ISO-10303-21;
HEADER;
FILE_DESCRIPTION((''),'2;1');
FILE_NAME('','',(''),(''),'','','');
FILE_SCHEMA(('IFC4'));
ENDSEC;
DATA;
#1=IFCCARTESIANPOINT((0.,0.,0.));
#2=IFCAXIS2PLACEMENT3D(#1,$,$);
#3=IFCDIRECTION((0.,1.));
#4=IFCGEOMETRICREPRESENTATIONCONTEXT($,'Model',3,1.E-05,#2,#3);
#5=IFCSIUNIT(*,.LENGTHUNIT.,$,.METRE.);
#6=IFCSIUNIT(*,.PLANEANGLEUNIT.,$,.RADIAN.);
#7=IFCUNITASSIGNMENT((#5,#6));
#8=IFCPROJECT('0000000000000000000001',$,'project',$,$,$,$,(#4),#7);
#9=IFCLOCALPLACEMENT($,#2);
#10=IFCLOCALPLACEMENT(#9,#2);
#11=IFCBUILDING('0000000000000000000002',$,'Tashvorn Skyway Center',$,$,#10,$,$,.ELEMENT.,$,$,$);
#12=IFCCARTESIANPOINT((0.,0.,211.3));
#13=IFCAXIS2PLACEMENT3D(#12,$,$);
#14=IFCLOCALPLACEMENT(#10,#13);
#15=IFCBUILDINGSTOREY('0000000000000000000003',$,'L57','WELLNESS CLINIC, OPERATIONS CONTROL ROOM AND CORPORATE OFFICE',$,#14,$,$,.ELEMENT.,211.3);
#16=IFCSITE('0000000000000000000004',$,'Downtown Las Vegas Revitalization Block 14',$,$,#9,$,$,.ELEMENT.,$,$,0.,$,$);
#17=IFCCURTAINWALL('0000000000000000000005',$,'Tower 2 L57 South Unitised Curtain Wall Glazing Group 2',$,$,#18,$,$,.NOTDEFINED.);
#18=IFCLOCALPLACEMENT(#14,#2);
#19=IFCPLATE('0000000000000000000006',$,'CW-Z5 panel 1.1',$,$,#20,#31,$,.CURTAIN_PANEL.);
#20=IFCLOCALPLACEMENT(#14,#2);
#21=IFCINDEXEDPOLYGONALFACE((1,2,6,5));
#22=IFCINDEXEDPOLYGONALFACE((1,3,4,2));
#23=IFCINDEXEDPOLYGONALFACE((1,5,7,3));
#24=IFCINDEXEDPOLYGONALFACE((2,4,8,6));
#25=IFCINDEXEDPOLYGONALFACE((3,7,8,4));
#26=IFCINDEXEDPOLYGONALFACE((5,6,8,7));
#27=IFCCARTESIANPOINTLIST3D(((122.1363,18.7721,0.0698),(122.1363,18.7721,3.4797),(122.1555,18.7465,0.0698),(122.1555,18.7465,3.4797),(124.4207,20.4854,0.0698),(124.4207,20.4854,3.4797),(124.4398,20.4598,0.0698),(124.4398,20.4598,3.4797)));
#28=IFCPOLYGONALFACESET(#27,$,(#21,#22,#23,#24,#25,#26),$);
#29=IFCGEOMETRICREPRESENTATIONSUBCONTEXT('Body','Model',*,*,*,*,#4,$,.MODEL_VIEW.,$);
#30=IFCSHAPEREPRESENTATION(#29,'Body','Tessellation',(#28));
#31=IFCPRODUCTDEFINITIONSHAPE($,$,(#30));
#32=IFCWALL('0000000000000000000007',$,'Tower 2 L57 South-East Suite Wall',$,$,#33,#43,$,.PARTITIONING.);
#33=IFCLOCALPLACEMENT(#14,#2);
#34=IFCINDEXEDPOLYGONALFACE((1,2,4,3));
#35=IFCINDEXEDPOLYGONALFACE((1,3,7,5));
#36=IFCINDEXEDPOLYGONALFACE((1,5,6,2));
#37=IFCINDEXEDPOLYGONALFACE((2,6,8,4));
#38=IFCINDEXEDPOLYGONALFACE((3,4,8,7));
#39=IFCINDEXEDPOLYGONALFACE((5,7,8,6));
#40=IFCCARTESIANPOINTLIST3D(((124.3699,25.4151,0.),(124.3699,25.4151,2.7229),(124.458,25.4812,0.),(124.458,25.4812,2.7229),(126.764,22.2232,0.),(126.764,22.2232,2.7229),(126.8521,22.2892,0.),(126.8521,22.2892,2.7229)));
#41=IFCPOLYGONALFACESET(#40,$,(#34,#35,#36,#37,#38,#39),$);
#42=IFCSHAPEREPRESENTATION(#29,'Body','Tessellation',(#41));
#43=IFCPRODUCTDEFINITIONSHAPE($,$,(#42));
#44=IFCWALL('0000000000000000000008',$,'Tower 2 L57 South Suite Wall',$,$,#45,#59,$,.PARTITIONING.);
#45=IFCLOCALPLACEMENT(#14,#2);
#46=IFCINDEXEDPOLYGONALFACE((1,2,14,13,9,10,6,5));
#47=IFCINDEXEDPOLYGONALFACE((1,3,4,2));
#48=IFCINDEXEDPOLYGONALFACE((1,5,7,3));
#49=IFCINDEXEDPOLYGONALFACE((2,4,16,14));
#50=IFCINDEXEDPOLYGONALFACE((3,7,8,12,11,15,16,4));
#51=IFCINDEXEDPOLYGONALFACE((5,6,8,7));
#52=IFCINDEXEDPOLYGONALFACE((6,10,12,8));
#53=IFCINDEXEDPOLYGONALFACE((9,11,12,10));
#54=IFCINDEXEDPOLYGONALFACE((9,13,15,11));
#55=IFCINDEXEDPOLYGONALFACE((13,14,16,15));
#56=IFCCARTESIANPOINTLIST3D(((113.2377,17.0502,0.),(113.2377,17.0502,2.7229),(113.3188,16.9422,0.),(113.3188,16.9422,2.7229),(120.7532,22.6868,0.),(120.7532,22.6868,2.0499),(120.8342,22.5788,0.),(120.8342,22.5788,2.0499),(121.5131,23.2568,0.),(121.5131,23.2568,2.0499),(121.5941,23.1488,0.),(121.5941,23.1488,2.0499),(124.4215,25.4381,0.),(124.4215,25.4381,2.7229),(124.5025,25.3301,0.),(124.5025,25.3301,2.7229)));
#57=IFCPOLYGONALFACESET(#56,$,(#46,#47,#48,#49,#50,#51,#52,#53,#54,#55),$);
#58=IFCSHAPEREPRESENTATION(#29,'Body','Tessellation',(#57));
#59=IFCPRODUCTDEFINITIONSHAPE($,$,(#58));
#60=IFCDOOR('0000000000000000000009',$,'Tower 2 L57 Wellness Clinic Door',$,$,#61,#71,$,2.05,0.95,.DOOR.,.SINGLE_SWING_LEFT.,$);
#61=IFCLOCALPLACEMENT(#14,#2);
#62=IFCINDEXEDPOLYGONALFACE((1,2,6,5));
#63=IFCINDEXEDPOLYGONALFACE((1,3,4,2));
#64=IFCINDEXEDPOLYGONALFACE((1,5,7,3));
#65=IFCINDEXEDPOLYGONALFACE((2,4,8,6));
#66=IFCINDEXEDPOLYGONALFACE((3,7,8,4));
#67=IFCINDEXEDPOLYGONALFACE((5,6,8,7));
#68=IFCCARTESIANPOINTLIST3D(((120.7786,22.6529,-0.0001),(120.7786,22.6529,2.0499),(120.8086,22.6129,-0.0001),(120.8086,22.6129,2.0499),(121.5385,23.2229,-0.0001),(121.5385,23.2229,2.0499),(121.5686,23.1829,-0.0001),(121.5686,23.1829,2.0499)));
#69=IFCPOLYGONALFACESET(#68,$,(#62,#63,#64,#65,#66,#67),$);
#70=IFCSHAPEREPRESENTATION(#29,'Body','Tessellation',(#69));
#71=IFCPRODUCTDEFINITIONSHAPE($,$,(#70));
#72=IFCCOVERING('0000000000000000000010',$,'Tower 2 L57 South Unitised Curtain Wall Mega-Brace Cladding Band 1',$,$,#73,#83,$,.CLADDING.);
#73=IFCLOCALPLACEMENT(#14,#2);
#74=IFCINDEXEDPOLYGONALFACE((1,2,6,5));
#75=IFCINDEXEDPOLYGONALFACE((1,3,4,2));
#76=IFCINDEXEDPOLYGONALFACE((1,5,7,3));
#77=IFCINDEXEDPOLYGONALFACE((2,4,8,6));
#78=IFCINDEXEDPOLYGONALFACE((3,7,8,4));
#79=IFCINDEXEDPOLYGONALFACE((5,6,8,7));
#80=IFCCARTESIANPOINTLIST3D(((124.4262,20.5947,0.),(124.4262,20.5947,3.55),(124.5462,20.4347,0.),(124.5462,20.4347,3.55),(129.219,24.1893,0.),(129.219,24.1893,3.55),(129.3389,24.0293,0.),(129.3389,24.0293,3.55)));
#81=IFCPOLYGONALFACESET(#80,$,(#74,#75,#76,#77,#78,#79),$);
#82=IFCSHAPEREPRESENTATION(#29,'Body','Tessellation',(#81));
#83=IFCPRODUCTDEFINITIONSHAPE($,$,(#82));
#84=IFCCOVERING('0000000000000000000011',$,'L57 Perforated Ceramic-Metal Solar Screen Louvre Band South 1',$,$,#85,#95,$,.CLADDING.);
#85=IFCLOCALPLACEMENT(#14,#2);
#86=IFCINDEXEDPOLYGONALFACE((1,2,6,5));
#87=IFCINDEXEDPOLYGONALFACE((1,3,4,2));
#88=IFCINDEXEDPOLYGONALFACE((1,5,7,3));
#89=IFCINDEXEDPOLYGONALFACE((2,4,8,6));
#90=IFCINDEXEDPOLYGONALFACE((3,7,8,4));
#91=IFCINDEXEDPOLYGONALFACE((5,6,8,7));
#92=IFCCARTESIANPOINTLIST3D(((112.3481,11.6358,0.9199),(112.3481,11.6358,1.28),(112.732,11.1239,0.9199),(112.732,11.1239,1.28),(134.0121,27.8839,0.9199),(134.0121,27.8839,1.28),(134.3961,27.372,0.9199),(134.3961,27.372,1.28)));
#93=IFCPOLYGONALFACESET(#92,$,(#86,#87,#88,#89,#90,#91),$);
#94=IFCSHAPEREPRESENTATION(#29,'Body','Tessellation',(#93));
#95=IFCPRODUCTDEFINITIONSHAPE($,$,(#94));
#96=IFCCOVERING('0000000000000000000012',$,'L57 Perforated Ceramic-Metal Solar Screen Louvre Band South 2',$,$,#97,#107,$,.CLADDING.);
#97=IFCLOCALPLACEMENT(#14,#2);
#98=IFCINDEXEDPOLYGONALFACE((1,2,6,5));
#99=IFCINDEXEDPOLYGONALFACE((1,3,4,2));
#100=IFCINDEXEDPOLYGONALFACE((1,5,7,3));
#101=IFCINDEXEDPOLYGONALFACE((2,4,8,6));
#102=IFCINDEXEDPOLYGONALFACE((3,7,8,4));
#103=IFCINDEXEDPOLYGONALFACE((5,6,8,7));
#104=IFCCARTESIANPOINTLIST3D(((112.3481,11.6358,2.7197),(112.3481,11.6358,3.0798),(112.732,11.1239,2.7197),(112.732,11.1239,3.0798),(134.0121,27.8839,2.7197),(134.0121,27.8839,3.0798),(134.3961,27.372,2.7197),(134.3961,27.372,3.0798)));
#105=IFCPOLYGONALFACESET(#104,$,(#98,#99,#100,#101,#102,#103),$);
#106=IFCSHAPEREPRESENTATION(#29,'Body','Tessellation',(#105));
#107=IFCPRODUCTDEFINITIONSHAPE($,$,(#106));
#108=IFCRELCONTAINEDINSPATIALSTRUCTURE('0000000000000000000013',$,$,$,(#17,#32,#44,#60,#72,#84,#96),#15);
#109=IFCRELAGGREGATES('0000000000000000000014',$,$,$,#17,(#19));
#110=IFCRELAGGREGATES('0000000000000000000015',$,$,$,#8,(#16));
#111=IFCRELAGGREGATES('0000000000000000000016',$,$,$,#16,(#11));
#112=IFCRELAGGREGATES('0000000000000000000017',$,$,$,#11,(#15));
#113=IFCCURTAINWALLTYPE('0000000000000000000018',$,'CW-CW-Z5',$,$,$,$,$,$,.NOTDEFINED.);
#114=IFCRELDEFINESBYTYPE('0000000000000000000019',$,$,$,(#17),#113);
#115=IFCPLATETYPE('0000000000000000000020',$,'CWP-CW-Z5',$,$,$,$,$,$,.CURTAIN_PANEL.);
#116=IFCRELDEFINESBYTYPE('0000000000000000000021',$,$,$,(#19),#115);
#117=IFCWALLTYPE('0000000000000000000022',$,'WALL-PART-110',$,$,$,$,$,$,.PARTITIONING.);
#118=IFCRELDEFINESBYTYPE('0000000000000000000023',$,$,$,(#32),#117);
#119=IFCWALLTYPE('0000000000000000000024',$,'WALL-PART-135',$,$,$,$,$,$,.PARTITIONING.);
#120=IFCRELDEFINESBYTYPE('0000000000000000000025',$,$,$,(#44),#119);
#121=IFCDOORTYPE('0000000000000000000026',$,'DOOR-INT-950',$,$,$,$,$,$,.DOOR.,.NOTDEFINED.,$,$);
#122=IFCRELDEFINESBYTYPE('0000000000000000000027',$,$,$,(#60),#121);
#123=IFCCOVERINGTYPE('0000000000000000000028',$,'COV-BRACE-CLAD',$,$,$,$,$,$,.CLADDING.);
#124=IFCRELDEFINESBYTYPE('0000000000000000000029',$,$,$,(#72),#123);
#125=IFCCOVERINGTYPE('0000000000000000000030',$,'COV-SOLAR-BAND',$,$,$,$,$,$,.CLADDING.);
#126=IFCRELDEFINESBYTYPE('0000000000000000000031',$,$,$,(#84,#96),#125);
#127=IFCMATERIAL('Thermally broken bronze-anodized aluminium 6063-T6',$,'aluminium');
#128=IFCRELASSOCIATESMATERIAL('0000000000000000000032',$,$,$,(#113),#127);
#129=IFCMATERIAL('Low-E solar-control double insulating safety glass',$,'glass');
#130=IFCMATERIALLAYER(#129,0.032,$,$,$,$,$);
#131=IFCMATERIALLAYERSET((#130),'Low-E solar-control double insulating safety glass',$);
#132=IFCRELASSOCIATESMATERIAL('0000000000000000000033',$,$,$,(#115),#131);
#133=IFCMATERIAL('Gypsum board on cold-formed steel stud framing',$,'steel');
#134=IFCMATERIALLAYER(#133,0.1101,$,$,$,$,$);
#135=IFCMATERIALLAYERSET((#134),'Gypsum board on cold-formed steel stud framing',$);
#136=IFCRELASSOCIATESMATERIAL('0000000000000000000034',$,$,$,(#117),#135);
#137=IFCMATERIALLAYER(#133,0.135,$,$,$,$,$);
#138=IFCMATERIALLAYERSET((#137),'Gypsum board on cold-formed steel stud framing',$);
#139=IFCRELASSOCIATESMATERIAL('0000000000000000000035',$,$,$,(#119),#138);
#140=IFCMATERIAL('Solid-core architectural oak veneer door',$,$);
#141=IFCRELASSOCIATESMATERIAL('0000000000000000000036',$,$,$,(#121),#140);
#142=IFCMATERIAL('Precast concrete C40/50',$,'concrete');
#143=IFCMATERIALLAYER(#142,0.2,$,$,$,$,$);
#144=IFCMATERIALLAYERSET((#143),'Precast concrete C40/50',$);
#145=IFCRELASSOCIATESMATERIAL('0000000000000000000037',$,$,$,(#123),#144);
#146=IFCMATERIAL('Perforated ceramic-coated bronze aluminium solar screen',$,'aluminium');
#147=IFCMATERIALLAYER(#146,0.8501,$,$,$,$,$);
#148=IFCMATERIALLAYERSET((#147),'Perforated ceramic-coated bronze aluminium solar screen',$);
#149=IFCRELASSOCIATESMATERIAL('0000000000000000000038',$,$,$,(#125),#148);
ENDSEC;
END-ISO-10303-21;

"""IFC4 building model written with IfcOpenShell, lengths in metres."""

from ifc_helpers import new_model, si_unit, direction, frame, frame_2d, origin, origin_2d, place, context, subcontext, project, spatial, rectangle, extrude, material, layer, layer_set, type_object, element, fill, aggregate, save


model = new_model("IFC4")

# Units and contexts
model_context = context("Model", 3, precision=1e-05, world=origin(), true_north=direction((0.0, 1.0)))
body_context = subcontext(model_context, "Body", "Model", "MODEL_VIEW")
ifc_project = project(units=[si_unit("LENGTHUNIT", "METRE"), si_unit("PLANEANGLEUNIT", "RADIAN")], contexts=[model_context])

# Site, building, storey
site_placement = place(None, origin())
site = spatial("IfcSite", under=ifc_project, at=site_placement, Name="Downtown Las Vegas Revitalization Block 14", CompositionType="ELEMENT", RefElevation=0.0)
building_placement = place(site_placement, origin())
building = spatial("IfcBuilding", under=site, at=building_placement, Name="Tashvorn Skyway Center", CompositionType="ELEMENT")
storey_placement = place(building_placement, frame((0.0, 0.0, 211.3)))
storey = spatial("IfcBuildingStorey", under=building, at=storey_placement, Name="L57", Description="WELLNESS CLINIC, OPERATIONS CONTROL ROOM AND CORPORATE OFFICE", CompositionType="ELEMENT", Elevation=211.3)

# Shared definitions
ifc_material_1 = material(Name="Thermally broken bronze-anodized aluminium 6063-T6", Category="aluminium")
curtain_wall_type = type_object("IfcCurtainWallType", Name="CW-CW-Z5", PredefinedType="NOTDEFINED", material=ifc_material_1)

# Curtain wall
curtain_wall_1_placement = place(storey_placement, origin())
curtain_wall_1 = element("IfcCurtainWall", 1, at=curtain_wall_1_placement, inside=storey, type_object=curtain_wall_type, Name="Tower 2 L57 South Unitised Curtain Wall Glazing Group 2", PredefinedType="NOTDEFINED")

# Plate
ifc_material_2 = material(Name="Low-E solar-control double insulating safety glass", Category="glass")
ifc_layer_1 = layer(ifc_material_2, 0.032)
ifc_layer_set_1 = layer_set([ifc_layer_1], Name="Low-E solar-control double insulating safety glass")
plate_type = type_object("IfcPlateType", Name="CWP-CW-Z5", PredefinedType="CURTAIN_PANEL", material=ifc_layer_set_1)
plate_1_placement = place(storey_placement, frame((123.2881, 19.616, 0.0698), z_axis=(0.0, 0.0, 1.0), x_axis=(-0.799984, -0.600021, 0.0)))
plate_1 = element("IfcPlate", 2, at=plate_1_placement, type_object=plate_type, Name="CW-Z5 panel 1.1", PredefinedType="CURTAIN_PANEL", context=body_context, shape_type="SweptSolid", body=[
    extrude(rectangle(XDim=2.8555, YDim=0.032, at=origin_2d()), origin(), (0.0, 0.0, 1.0), 3.4099),
])
aggregate(curtain_wall_1, [plate_1])

# Wall
ifc_material_3 = material(Name="Gypsum board on cold-formed steel stud framing", Category="steel")
ifc_layer_2 = layer(ifc_material_3, 0.1101)
ifc_layer_set_2 = layer_set([ifc_layer_2], Name="Gypsum board on cold-formed steel stud framing")
wall_type_1 = type_object("IfcWallType", Name="WALL-PART-110", PredefinedType="PARTITIONING", material=ifc_layer_set_2)
wall_1_placement = place(storey_placement, frame((126.8081, 22.2561, 0.0), z_axis=(0.0, 0.0, 1.0), x_axis=(-0.60002, 0.799985, 0.0)))
element("IfcWall", 3, at=wall_1_placement, inside=storey, type_object=wall_type_1, Name="Tower 2 L57 South-East Suite Wall", PredefinedType="PARTITIONING", context=body_context, shape_type="SweptSolid", body=[
    extrude(rectangle(XDim=3.99, YDim=0.1101, at=frame_2d((1.9951, 0.0))), origin(), (0.0, 0.0, 1.0), 2.7229),
])

# Wall, opening, door
ifc_layer_3 = layer(ifc_material_3, 0.135)
ifc_layer_set_3 = layer_set([ifc_layer_3], Name="Gypsum board on cold-formed steel stud framing")
wall_type_2 = type_object("IfcWallType", Name="WALL-PART-135", PredefinedType="PARTITIONING", material=ifc_layer_set_3)
wall_2_placement = place(storey_placement, frame((124.4619, 25.384, 0.0), z_axis=(0.0, 0.0, 1.0), x_axis=(-0.799998, -0.600003, 0.0)))
wall_2 = element("IfcWall", 4, at=wall_2_placement, inside=storey, type_object=wall_type_2, Name="Tower 2 L57 South Suite Wall", PredefinedType="PARTITIONING", context=body_context, shape_type="SweptSolid", body=[
    extrude(rectangle(XDim=13.9797, YDim=0.135, at=frame_2d((6.9897, 0.0))), origin(), (0.0, 0.0, 1.0), 2.7229),
])
opening_placement = place(wall_2_placement, frame((3.6353, 0.0, 0.0)))
opening = element("IfcOpeningElement", 5, at=opening_placement, cuts=wall_2, PredefinedType="OPENING", context=body_context, shape_type="SweptSolid", body=[
    extrude(rectangle(XDim=0.95, YDim=2.05, at=frame_2d((0.4751, 1.0249))), frame((0.0, 0.0774, 0.0), z_axis=(0.0, -1.0, 0.0), x_axis=(1.0, 0.0, 0.0)), (0.0, 0.0, 1.0), 0.155),
])
ifc_material_4 = material(Name="Solid-core architectural oak veneer door")
door_type = type_object("IfcDoorType", Name="DOOR-INT-950", OperationType="NOTDEFINED", PredefinedType="DOOR", material=ifc_material_4)
door_placement = place(opening_placement, origin())
door = element("IfcDoor", 6, at=door_placement, inside=storey, type_object=door_type, Name="Tower 2 L57 Wellness Clinic Door", OperationType="SINGLE_SWING_LEFT", OverallHeight=2.05, OverallWidth=0.95, PredefinedType="DOOR", context=body_context, shape_type="SweptSolid", body=[
    extrude(rectangle(XDim=0.95, YDim=2.05, at=frame_2d((0.4751, 1.0249))), frame((0.0, 0.0249, 0.0), z_axis=(0.0, -1.0, 0.0), x_axis=(1.0, 0.0, 0.0)), (0.0, 0.0, 1.0), 0.05),
])
fill(opening, door)

# Coverings
ifc_material_5 = material(Name="Precast concrete C40/50", Category="concrete")
ifc_layer_4 = layer(ifc_material_5, 0.2)
ifc_layer_set_4 = layer_set([ifc_layer_4], Name="Precast concrete C40/50")
covering_type_1 = type_object("IfcCoveringType", Name="COV-BRACE-CLAD", PredefinedType="CLADDING", material=ifc_layer_set_4)
covering_placement = place(storey_placement, frame((126.8826, 22.312, 0.0), z_axis=(0.0, 0.0, 1.0), x_axis=(-0.8, -0.6, 0.0)))
element("IfcCovering", 7, at=covering_placement, inside=storey, type_object=covering_type_1, Name="Tower 2 L57 South Unitised Curtain Wall Mega-Brace Cladding Band 1", PredefinedType="CLADDING", context=body_context, shape_type="SweptSolid", body=[
    extrude(rectangle(XDim=5.991, YDim=0.2, at=origin_2d()), origin(), (0.0, 0.0, 1.0), 3.55),
])
ifc_material_6 = material(Name="Perforated ceramic-coated bronze aluminium solar screen", Category="aluminium")
ifc_layer_5 = layer(ifc_material_6, 0.8501)
ifc_layer_set_5 = layer_set([ifc_layer_5], Name="Perforated ceramic-coated bronze aluminium solar screen")
covering_type_2 = type_object("IfcCoveringType", Name="COV-SOLAR-BAND", PredefinedType="CLADDING", material=ifc_layer_set_5)
for number, where, z_axis, x_axis, name in (
    (8, (123.3721, 19.5039, 0.9199), (0.0, 0.0, 1.0), (-0.8, -0.6, 0.0), "L57 Perforated Ceramic-Metal Solar Screen Louvre Band South 1"),
    (9, (123.3721, 19.5039, 2.7197), (0.0, 0.0, 1.0), (-0.8, -0.6, 0.0), "L57 Perforated Ceramic-Metal Solar Screen Louvre Band South 2"),
):
    element("IfcCovering", number, at=place(storey_placement, frame(where, z_axis=z_axis, x_axis=x_axis)), inside=storey, type_object=covering_type_2, Name=name, PredefinedType="CLADDING", context=body_context, shape_type="SweptSolid", body=[
        extrude(rectangle(XDim=27.0801, YDim=0.6399, at=origin_2d()), origin(), (0.0, 0.0, 1.0), 0.3601),
    ])

save(model, "model.ifc")
